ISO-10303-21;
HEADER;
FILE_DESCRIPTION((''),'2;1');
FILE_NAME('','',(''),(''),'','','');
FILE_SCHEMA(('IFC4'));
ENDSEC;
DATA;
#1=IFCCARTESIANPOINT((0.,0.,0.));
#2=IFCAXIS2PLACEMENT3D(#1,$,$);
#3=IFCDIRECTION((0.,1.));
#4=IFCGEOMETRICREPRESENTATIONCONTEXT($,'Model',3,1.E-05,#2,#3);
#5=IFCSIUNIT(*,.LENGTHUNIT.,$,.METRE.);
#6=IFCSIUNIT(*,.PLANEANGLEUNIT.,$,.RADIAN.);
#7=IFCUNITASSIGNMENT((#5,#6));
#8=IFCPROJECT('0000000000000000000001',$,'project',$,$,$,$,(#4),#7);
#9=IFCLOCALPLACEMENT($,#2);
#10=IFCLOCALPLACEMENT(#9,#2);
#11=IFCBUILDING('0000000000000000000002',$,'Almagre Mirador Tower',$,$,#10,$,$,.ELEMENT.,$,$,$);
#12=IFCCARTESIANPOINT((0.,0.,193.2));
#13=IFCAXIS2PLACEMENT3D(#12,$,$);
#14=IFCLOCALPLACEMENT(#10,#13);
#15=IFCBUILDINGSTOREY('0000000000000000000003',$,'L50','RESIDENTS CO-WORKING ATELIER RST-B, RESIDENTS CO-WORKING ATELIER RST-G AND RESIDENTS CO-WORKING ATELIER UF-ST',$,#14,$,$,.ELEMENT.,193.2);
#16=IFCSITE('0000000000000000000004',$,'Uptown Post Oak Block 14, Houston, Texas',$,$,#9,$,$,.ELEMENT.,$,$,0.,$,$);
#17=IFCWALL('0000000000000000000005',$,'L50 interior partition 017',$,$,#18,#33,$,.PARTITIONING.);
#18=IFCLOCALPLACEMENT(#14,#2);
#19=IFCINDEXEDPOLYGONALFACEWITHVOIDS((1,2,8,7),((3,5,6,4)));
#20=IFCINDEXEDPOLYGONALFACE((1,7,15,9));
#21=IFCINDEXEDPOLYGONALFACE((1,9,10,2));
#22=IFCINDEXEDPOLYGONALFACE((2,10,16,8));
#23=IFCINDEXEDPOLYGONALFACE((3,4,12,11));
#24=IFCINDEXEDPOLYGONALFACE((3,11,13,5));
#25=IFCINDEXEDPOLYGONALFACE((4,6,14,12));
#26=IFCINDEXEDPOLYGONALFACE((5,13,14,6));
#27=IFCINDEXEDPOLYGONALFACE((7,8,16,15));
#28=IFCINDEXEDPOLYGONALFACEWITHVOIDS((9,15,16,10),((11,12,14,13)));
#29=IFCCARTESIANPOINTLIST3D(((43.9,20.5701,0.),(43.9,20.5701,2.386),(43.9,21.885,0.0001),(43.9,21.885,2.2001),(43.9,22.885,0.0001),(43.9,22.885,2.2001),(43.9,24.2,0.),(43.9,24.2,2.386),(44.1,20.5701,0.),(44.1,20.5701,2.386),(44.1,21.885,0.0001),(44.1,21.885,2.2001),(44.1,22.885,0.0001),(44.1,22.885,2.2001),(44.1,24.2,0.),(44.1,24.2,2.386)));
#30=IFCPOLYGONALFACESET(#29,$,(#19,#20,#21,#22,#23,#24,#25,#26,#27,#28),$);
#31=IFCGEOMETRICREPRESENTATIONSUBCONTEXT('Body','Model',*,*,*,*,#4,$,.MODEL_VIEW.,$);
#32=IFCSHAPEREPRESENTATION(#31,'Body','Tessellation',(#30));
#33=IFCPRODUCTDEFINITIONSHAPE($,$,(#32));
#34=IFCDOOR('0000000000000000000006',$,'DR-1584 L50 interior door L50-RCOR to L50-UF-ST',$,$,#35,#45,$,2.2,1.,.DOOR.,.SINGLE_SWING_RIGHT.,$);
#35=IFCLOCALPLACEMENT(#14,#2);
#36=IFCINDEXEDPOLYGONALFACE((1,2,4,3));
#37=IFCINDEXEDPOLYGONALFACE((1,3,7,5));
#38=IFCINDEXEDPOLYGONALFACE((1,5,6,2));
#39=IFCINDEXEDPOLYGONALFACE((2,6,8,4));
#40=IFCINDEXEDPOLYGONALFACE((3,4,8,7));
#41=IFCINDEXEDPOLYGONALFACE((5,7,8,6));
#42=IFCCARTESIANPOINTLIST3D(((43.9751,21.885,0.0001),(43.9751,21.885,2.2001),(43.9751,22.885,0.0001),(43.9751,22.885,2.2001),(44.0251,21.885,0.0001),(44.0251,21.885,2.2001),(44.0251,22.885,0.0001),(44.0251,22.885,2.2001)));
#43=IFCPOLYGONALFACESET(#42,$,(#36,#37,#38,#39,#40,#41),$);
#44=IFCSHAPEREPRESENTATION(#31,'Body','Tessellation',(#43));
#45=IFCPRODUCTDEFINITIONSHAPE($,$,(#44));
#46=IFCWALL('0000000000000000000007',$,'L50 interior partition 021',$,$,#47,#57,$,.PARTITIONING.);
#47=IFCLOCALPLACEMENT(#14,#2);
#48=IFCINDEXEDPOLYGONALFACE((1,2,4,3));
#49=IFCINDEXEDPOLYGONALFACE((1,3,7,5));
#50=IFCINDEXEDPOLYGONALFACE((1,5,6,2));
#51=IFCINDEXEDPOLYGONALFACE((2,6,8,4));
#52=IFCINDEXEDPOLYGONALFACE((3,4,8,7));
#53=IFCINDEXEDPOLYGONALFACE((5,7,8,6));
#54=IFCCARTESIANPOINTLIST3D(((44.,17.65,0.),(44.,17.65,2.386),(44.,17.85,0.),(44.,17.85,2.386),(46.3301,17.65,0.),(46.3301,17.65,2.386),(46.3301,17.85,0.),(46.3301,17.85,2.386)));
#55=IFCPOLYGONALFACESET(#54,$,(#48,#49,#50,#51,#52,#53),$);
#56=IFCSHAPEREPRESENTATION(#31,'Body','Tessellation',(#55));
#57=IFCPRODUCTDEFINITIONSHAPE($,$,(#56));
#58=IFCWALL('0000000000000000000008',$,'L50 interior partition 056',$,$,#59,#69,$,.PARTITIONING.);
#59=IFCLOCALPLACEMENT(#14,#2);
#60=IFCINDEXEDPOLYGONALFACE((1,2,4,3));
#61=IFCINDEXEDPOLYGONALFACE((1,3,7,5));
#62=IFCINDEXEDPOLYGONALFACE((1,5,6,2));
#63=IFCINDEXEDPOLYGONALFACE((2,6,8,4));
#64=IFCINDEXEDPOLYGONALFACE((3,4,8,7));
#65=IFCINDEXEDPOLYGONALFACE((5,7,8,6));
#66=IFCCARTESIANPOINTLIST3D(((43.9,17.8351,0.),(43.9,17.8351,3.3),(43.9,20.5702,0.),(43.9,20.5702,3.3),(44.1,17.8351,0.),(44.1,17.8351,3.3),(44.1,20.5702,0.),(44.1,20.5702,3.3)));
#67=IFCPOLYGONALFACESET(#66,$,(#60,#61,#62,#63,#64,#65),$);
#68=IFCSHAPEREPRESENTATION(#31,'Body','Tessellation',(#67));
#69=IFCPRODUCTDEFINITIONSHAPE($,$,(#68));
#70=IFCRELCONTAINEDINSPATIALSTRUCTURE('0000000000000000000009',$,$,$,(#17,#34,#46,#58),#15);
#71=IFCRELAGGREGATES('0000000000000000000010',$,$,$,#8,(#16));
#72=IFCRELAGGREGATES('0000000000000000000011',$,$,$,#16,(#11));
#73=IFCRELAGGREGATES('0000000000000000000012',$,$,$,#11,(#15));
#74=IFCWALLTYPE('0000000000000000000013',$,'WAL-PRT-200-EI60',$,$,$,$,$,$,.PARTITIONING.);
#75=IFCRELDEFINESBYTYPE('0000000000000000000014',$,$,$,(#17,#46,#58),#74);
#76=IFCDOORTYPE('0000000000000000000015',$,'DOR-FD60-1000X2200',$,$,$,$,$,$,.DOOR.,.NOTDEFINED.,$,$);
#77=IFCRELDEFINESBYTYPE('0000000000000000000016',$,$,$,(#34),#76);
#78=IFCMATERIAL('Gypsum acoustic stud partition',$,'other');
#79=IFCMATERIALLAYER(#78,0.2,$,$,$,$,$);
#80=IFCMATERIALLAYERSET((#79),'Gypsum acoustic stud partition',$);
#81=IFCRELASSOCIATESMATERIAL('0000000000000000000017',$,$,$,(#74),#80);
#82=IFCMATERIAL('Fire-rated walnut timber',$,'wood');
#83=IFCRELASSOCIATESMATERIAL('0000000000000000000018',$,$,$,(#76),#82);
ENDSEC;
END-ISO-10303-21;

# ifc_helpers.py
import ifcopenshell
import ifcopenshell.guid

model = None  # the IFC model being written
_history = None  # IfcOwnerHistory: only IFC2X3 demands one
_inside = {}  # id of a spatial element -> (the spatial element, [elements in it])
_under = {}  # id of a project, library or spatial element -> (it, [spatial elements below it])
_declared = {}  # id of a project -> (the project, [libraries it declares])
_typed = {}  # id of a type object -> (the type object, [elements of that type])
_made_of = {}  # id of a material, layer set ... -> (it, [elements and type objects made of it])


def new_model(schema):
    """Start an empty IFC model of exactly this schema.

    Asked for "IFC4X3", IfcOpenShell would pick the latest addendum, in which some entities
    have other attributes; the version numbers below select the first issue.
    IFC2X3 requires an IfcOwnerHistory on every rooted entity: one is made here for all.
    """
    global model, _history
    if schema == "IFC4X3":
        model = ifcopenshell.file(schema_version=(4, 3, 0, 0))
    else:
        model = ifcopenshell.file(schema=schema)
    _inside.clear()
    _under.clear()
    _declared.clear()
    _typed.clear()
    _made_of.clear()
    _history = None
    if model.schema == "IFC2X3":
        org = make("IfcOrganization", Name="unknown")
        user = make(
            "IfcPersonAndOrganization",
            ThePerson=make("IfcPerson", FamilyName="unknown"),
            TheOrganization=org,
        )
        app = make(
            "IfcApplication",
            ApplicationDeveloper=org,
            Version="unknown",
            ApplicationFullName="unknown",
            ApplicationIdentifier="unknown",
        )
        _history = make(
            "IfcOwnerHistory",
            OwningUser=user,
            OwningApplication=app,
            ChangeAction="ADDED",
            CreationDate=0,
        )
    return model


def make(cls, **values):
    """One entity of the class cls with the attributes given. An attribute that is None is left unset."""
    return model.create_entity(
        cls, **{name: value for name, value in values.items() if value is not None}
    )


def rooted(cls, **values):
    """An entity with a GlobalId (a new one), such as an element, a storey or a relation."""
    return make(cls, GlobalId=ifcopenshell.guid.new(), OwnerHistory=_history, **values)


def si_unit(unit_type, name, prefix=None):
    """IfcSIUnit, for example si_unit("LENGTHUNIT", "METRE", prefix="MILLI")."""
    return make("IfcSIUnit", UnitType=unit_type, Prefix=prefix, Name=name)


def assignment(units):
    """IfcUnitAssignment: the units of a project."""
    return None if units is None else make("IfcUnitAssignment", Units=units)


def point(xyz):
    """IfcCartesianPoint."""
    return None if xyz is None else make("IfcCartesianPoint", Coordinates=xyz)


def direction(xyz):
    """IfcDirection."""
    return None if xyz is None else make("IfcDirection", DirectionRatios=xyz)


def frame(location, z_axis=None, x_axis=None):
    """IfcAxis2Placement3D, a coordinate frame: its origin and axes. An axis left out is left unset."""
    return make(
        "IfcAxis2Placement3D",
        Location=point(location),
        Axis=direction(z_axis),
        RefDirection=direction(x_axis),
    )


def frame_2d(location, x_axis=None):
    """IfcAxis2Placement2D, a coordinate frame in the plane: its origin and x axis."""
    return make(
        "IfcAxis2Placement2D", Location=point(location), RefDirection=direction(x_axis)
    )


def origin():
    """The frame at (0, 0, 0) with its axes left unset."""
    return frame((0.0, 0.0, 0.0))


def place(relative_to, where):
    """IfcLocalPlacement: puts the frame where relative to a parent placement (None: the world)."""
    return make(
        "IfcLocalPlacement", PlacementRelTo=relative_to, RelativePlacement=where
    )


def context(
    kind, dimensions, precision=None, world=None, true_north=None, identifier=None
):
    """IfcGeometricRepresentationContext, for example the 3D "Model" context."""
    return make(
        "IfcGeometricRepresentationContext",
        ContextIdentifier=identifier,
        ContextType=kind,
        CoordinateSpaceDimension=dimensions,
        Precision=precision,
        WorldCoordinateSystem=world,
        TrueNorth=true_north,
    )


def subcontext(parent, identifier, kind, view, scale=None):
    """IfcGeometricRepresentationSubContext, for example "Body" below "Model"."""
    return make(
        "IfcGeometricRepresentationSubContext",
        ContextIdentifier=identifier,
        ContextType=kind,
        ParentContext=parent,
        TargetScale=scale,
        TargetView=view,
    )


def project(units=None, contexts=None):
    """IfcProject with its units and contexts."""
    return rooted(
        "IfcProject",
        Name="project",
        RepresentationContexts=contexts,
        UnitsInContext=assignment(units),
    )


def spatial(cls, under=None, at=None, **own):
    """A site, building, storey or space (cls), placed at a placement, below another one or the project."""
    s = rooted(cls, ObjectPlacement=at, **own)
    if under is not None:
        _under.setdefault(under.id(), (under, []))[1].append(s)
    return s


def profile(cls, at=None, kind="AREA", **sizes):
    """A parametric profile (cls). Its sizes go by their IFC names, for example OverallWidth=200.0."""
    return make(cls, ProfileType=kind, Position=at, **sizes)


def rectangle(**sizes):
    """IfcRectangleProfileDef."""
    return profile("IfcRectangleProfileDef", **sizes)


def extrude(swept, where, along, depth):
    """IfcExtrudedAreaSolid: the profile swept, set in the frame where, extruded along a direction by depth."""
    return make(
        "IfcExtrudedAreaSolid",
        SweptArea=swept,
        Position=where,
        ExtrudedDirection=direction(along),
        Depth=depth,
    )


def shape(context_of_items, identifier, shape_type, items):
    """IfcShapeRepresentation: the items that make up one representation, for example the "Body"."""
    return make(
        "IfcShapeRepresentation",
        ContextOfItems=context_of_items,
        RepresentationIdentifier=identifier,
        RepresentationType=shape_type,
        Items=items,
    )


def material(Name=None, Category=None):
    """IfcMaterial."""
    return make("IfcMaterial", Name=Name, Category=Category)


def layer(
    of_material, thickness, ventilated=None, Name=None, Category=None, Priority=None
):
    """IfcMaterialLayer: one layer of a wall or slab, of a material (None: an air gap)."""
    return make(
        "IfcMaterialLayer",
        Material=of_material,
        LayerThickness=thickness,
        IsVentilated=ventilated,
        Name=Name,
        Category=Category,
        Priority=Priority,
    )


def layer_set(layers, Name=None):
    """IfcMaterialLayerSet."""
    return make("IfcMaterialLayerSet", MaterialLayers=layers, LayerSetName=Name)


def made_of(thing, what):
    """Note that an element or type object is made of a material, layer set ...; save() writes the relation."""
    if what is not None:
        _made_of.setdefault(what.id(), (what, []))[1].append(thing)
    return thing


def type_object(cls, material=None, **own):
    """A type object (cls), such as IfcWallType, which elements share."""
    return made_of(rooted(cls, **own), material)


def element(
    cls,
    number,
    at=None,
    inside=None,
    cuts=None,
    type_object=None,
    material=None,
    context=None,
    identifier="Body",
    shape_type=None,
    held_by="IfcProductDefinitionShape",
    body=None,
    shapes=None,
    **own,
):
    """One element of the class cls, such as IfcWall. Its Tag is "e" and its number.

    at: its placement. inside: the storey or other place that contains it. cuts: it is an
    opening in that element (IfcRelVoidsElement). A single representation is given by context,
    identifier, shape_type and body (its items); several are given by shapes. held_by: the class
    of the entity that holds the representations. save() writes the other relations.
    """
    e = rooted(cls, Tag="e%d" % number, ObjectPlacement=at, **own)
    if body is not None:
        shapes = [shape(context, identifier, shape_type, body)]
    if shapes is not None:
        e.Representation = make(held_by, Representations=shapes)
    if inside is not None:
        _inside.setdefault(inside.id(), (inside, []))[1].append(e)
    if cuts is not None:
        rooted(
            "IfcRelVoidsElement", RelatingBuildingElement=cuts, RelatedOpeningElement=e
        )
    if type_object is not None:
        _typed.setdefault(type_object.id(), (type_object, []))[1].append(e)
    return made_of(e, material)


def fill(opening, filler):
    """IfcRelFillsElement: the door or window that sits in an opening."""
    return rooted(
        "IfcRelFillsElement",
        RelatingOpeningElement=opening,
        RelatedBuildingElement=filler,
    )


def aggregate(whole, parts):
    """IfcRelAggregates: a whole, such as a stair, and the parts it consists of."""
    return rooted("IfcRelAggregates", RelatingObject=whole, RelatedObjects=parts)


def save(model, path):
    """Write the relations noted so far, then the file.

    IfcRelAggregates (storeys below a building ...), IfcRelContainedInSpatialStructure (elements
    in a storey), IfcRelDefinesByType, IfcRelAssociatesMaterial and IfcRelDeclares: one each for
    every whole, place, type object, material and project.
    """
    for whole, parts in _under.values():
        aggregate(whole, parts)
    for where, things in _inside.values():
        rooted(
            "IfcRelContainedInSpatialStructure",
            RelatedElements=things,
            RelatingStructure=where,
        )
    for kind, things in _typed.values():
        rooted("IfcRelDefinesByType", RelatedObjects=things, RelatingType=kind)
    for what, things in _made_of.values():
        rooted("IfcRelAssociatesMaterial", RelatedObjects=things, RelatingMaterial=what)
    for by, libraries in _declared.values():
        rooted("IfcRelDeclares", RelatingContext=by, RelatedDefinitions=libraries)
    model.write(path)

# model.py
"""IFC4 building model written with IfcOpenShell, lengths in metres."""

from ifc_helpers import new_model, si_unit, direction, frame, frame_2d, origin, place, context, subcontext, project, spatial, rectangle, extrude, material, layer, layer_set, type_object, element, fill, save


model = new_model("IFC4")

# Units and contexts
model_context = context("Model", 3, precision=1e-05, world=origin(), true_north=direction((0.0, 1.0)))
body_context = subcontext(model_context, "Body", "Model", "MODEL_VIEW")
ifc_project = project(units=[si_unit("LENGTHUNIT", "METRE"), si_unit("PLANEANGLEUNIT", "RADIAN")], contexts=[model_context])

# Site, building, storey
site_placement = place(None, origin())
site = spatial("IfcSite", under=ifc_project, at=site_placement, Name="Uptown Post Oak Block 14, Houston, Texas", CompositionType="ELEMENT", RefElevation=0.0)
building_placement = place(site_placement, origin())
building = spatial("IfcBuilding", under=site, at=building_placement, Name="Almagre Mirador Tower", CompositionType="ELEMENT")
storey_placement = place(building_placement, frame((0.0, 0.0, 193.2)))
storey = spatial("IfcBuildingStorey", under=building, at=storey_placement, Name="L50", Description="RESIDENTS CO-WORKING ATELIER RST-B, RESIDENTS CO-WORKING ATELIER RST-G AND RESIDENTS CO-WORKING ATELIER UF-ST", CompositionType="ELEMENT", Elevation=193.2)

# Shared definitions
ifc_material_1 = material(Name="Gypsum acoustic stud partition", Category="other")
ifc_layer_1 = layer(ifc_material_1, 0.2)
ifc_layer_set_1 = layer_set([ifc_layer_1], Name="Gypsum acoustic stud partition")
wall_type_1 = type_object("IfcWallType", Name="WAL-PRT-200-EI60", PredefinedType="PARTITIONING", material=ifc_layer_set_1)
ifc_material_2 = material(Name="Fire-rated walnut timber", Category="wood")
door_type_1 = type_object("IfcDoorType", Name="DOR-FD60-1000X2200", OperationType="NOTDEFINED", PredefinedType="DOOR", material=ifc_material_2)

# Wall, opening, door
wall_1_placement = place(storey_placement, frame((44.0, 20.5701, 0.0), z_axis=(0.0, 0.0, 1.0), x_axis=(0.0, 1.0, 0.0)))
wall_1 = element("IfcWall", 1, at=wall_1_placement, inside=storey, type_object=wall_type_1, Name="L50 interior partition 017", PredefinedType="PARTITIONING", context=body_context, shape_type="SweptSolid", body=[
    extrude(rectangle(XDim=3.6299, YDim=0.2, at=frame_2d((1.8149, 0.0))), origin(), (0.0, 0.0, 1.0), 2.386),
])
opening_1_placement = place(wall_1_placement, frame((1.3149, 0.0, 0.0)))
opening_1 = element("IfcOpeningElement", 2, at=opening_1_placement, cuts=wall_1, PredefinedType="OPENING", context=body_context, shape_type="SweptSolid", body=[
    extrude(rectangle(XDim=1.0, YDim=2.2, at=frame_2d((0.5, 1.1001))), frame((0.0, 0.1101, 0.0), z_axis=(0.0, -1.0, 0.0), x_axis=(1.0, 0.0, 0.0)), (0.0, 0.0, 1.0), 0.22),
])
door_1_placement = place(opening_1_placement, origin())
door_1 = element("IfcDoor", 3, at=door_1_placement, inside=storey, type_object=door_type_1, Name="DR-1584 L50 interior door L50-RCOR to L50-UF-ST", OperationType="SINGLE_SWING_RIGHT", OverallHeight=2.2, OverallWidth=1.0, PredefinedType="DOOR", context=body_context, shape_type="SweptSolid", body=[
    extrude(rectangle(XDim=1.0, YDim=2.2, at=frame_2d((0.5, 1.1001))), frame((0.0, 0.0249, 0.0), z_axis=(0.0, -1.0, 0.0), x_axis=(1.0, 0.0, 0.0)), (0.0, 0.0, 1.0), 0.05),
])
fill(opening_1, door_1)

# Walls
wall_2_placement = place(storey_placement, frame((46.3301, 17.75, 0.0), z_axis=(0.0, 0.0, 1.0), x_axis=(-1.0, 0.0, 0.0)))
element("IfcWall", 4, at=wall_2_placement, inside=storey, type_object=wall_type_1, Name="L50 interior partition 021", PredefinedType="PARTITIONING", context=body_context, shape_type="SweptSolid", body=[
    extrude(rectangle(XDim=2.3301, YDim=0.2, at=frame_2d((1.165, 0.0))), origin(), (0.0, 0.0, 1.0), 2.386),
])
wall_3_placement = place(storey_placement, frame((44.0, 17.835, 0.0), z_axis=(0.0, 0.0, 1.0), x_axis=(0.0, 1.0, 0.0)))
element("IfcWall", 5, at=wall_3_placement, inside=storey, type_object=wall_type_1, Name="L50 interior partition 056", PredefinedType="PARTITIONING", context=body_context, shape_type="SweptSolid", body=[
    extrude(rectangle(XDim=2.7351, YDim=0.2, at=frame_2d((1.3677, 0.0))), origin(), (0.0, 0.0, 1.0), 3.3),
])

save(model, "model.ifc")
